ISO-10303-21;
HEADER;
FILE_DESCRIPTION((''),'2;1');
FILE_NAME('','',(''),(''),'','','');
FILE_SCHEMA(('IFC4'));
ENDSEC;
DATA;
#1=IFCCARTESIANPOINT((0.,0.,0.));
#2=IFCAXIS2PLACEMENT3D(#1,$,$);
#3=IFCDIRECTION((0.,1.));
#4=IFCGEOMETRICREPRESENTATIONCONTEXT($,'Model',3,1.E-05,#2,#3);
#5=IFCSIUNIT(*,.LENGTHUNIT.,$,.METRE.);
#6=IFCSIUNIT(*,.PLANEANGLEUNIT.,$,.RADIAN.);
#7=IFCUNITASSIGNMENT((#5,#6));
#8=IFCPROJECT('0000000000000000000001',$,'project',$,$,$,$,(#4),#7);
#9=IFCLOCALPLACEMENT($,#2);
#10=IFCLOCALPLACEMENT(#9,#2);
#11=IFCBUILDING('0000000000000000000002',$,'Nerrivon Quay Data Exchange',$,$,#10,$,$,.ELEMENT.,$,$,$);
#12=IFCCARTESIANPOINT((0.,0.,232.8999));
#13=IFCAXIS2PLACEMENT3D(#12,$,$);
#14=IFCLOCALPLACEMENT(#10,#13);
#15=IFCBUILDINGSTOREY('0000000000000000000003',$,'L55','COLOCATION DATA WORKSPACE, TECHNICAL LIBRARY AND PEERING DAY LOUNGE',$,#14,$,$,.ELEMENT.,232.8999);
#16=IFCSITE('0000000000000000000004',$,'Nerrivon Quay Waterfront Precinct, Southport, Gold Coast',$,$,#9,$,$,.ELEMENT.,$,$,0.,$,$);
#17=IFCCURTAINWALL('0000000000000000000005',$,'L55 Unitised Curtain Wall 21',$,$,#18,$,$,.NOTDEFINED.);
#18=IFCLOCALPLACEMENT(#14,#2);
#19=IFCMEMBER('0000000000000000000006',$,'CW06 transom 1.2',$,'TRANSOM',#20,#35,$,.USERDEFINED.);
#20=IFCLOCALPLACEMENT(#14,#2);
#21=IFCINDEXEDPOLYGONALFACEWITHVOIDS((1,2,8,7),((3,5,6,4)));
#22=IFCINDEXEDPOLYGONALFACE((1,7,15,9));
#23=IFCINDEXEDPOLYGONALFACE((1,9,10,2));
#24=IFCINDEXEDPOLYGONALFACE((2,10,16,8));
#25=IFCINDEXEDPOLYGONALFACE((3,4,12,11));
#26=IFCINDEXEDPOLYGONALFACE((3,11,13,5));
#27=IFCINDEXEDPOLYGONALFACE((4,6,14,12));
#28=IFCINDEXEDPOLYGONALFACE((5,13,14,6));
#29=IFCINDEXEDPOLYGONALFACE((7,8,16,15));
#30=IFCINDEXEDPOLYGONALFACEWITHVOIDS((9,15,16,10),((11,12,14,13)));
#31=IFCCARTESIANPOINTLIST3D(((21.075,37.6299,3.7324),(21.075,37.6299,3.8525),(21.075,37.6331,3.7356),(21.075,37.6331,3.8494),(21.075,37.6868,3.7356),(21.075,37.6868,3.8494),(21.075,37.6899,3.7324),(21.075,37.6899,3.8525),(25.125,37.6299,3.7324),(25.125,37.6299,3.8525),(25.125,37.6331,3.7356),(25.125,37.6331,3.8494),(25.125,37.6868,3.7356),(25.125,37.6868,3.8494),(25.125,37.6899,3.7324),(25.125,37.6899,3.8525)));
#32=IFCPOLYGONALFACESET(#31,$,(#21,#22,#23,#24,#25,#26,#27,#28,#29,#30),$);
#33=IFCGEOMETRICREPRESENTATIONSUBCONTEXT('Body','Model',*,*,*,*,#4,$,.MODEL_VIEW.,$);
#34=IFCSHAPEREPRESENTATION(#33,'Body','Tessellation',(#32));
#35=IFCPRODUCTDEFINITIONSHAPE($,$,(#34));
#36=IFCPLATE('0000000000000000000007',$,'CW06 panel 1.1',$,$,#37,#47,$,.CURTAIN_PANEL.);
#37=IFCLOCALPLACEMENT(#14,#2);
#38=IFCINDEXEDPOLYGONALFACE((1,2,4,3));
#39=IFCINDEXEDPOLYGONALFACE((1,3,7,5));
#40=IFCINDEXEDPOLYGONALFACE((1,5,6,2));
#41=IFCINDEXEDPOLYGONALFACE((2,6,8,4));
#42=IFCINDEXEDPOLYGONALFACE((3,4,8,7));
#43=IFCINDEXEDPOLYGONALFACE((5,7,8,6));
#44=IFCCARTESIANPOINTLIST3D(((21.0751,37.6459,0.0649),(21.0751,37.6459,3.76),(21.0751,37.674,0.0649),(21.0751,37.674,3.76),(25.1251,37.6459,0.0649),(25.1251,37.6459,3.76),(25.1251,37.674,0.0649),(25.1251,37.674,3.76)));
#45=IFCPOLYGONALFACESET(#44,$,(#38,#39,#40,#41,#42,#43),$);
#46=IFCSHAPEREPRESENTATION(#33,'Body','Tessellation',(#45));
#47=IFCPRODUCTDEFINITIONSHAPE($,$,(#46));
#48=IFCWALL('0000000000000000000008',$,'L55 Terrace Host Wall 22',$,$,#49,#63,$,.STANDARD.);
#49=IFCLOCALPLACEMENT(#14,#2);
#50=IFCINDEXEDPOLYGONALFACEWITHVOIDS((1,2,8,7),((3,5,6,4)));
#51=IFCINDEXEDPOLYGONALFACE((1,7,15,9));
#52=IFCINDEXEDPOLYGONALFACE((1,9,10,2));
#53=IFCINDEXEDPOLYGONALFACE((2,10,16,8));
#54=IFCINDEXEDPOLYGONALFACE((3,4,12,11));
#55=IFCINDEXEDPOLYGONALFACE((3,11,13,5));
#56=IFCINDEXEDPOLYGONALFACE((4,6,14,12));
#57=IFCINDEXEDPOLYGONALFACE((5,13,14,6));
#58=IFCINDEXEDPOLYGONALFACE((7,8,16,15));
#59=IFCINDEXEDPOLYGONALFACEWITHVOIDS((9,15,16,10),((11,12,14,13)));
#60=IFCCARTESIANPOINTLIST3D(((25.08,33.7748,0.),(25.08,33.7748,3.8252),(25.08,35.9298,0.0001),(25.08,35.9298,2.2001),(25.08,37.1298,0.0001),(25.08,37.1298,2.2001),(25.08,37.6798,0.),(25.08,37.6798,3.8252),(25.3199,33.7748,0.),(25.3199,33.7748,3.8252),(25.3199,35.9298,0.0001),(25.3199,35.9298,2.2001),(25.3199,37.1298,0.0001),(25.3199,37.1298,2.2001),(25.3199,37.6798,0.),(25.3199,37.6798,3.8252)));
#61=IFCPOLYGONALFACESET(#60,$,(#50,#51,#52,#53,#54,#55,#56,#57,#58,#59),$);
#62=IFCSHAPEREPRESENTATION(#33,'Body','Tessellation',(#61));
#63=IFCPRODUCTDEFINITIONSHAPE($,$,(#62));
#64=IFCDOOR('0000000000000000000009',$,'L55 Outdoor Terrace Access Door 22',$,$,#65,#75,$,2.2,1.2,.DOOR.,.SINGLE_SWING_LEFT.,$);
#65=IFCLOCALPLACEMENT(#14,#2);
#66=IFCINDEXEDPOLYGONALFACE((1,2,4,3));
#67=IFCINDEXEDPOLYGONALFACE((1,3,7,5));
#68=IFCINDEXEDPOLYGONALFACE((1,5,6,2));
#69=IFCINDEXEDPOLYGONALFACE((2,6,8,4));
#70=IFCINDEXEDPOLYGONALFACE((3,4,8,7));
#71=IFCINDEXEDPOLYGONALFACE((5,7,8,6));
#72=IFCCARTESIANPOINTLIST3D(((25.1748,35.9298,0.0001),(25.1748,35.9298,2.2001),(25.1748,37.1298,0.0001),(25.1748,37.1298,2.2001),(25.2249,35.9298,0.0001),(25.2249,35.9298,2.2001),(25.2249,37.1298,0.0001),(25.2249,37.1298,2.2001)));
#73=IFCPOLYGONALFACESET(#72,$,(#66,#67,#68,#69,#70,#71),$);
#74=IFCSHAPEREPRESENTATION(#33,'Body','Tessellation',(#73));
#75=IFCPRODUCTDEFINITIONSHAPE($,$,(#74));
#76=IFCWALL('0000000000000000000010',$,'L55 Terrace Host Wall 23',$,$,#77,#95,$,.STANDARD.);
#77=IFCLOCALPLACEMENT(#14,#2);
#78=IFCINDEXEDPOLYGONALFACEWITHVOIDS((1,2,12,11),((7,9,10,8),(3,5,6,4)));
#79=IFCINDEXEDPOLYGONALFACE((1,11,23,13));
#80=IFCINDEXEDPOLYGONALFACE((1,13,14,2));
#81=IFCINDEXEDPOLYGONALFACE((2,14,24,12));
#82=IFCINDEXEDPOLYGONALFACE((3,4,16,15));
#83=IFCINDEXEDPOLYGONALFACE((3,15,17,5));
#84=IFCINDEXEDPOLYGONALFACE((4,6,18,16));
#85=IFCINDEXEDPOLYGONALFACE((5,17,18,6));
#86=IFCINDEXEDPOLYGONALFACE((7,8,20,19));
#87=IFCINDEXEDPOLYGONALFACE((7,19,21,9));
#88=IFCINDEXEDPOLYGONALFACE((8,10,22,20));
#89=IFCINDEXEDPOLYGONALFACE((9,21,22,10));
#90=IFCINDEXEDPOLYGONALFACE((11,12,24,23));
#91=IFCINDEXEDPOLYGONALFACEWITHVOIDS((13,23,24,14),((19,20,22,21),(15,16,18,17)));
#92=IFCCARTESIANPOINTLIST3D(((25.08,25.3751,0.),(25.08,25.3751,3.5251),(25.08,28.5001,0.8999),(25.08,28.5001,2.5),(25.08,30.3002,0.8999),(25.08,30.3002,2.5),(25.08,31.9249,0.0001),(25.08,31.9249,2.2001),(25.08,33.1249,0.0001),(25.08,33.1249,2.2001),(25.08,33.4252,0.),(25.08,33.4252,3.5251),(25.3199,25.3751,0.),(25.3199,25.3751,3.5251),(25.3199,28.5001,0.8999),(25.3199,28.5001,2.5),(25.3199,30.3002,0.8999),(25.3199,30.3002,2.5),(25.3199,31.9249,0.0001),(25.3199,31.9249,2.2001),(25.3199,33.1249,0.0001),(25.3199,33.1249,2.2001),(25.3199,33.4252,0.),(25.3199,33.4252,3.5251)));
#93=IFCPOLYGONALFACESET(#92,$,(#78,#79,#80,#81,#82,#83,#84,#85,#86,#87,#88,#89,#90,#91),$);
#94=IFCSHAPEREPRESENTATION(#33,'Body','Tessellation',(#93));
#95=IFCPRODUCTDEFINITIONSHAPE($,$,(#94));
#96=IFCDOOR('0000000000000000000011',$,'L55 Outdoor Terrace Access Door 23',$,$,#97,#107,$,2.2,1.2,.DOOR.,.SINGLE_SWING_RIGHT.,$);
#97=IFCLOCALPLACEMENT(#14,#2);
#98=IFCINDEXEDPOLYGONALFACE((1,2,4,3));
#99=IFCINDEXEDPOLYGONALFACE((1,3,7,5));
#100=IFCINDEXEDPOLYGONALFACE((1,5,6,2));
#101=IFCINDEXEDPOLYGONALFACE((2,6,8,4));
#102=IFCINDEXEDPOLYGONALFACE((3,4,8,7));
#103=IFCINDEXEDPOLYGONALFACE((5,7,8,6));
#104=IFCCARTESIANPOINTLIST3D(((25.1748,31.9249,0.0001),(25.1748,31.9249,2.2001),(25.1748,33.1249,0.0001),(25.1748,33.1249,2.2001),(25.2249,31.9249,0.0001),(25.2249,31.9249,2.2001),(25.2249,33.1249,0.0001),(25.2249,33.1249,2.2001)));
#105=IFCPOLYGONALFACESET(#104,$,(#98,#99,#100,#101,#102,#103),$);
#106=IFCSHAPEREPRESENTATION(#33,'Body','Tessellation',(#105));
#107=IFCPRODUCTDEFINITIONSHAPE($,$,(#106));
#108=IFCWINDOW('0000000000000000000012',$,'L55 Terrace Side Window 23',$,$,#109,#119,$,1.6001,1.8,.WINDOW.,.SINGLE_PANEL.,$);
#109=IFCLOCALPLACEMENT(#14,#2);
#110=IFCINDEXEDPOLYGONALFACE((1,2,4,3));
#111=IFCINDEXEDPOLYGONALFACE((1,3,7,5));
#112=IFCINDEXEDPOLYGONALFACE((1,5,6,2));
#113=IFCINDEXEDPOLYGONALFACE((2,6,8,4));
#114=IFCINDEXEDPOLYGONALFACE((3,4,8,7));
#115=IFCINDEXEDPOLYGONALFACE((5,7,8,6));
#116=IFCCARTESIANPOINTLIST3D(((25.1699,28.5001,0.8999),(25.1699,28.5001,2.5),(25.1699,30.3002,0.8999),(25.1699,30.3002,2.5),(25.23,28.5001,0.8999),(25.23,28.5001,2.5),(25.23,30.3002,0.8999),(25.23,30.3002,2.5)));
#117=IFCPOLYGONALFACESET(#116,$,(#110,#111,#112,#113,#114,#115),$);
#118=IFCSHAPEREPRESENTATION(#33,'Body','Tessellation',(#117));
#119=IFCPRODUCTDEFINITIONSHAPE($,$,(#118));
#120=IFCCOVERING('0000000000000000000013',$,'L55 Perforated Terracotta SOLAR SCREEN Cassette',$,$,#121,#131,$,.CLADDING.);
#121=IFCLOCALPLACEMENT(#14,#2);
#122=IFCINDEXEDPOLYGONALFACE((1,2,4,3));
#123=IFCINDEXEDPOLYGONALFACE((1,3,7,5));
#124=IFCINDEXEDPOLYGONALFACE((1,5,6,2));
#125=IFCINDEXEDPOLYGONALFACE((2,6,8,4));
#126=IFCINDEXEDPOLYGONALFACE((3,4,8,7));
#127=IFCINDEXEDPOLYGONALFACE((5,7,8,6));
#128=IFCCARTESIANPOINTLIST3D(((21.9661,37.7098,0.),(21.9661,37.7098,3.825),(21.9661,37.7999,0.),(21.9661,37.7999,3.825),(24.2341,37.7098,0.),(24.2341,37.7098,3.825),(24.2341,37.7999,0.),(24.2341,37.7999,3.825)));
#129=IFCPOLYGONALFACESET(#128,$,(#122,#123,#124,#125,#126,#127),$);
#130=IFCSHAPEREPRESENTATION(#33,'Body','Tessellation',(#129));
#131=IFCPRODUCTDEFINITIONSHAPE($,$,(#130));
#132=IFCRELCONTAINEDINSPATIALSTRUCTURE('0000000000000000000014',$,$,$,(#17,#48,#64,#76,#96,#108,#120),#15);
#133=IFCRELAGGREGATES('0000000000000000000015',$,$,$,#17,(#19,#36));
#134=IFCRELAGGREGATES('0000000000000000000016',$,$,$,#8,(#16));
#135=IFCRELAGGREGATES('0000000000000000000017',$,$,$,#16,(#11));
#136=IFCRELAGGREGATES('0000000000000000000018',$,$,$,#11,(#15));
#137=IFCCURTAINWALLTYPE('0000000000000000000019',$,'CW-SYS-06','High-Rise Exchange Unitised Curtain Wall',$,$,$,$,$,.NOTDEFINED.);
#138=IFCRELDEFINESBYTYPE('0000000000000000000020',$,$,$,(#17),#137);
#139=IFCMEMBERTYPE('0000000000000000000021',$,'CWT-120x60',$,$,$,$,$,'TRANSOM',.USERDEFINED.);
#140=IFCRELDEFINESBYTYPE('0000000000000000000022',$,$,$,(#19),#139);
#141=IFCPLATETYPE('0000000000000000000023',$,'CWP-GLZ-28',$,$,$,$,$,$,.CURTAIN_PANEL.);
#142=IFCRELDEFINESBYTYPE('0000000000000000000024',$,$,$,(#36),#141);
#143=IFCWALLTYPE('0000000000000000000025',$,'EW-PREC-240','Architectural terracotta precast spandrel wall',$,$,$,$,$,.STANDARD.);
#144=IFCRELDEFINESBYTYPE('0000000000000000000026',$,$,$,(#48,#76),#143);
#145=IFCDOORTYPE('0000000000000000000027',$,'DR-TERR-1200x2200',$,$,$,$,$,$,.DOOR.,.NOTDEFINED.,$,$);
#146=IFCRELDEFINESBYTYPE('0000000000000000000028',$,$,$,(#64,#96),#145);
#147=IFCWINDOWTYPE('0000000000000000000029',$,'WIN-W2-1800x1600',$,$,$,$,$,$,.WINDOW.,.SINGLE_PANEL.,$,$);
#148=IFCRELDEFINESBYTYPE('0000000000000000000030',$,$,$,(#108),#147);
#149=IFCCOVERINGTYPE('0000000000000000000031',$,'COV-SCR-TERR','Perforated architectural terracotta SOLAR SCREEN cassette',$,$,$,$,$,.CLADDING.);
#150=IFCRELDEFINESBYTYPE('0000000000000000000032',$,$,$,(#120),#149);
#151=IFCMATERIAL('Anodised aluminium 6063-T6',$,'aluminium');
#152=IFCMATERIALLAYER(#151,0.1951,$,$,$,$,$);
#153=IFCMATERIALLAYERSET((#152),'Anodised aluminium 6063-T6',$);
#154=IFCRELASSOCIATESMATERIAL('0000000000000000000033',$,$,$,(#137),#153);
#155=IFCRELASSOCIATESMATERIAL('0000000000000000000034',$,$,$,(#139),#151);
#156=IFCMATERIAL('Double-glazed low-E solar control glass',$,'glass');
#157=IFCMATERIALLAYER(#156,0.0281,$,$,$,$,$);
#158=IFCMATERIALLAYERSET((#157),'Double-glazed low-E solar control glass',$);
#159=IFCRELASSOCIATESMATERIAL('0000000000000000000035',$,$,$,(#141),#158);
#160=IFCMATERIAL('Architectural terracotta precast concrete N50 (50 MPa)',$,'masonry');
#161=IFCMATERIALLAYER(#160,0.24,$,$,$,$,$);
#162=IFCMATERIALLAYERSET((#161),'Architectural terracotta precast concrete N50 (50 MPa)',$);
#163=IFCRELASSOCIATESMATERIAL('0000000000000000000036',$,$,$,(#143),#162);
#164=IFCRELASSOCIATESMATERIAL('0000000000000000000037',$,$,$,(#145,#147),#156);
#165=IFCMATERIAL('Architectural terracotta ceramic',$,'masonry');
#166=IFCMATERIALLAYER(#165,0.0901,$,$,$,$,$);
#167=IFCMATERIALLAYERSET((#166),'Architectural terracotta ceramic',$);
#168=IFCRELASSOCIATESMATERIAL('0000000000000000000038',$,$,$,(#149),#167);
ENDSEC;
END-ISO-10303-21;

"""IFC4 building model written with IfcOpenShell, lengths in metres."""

from ifc_helpers import new_model, si_unit, direction, frame, frame_2d, origin, origin_2d, place, context, subcontext, project, spatial, rectangle, hollow_rectangle, extrude, material, layer, layer_set, material_profile, profile_set, type_object, element, fill, aggregate, save


model = new_model("IFC4")

# Units and contexts
model_context = context("Model", 3, precision=1e-05, world=origin(), true_north=direction((0.0, 1.0)))
body_context = subcontext(model_context, "Body", "Model", "MODEL_VIEW")
ifc_project = project(units=[si_unit("LENGTHUNIT", "METRE"), si_unit("PLANEANGLEUNIT", "RADIAN")], contexts=[model_context])

# Site, building, storey
site_placement = place(None, origin())
site = spatial("IfcSite", under=ifc_project, at=site_placement, Name="Nerrivon Quay Waterfront Precinct, Southport, Gold Coast", CompositionType="ELEMENT", RefElevation=0.0)
building_placement = place(site_placement, origin())
building = spatial("IfcBuilding", under=site, at=building_placement, Name="Nerrivon Quay Data Exchange", CompositionType="ELEMENT")
storey_placement = place(building_placement, frame((0.0, 0.0, 232.8999)))
storey = spatial("IfcBuildingStorey", under=building, at=storey_placement, Name="L55", Description="COLOCATION DATA WORKSPACE, TECHNICAL LIBRARY AND PEERING DAY LOUNGE", CompositionType="ELEMENT", Elevation=232.8999)

# Curtain wall, member, plate
ifc_material_1 = material(Name="Anodised aluminium 6063-T6", Category="aluminium")
ifc_layer_1 = layer(ifc_material_1, 0.1951)
ifc_layer_set_1 = layer_set([ifc_layer_1], Name="Anodised aluminium 6063-T6")
curtain_wall_type = type_object("IfcCurtainWallType", Name="CW-SYS-06", Description="High-Rise Exchange Unitised Curtain Wall", PredefinedType="NOTDEFINED", material=ifc_layer_set_1)
curtain_wall_placement = place(storey_placement, origin())
curtain_wall = element("IfcCurtainWall", 1, at=curtain_wall_placement, inside=storey, type_object=curtain_wall_type, Name="L55 Unitised Curtain Wall 21", PredefinedType="NOTDEFINED")
ifc_material_profile_1 = material_profile(ifc_material_1, hollow_rectangle(XDim=0.0601, YDim=0.1201, WallThickness=0.0032, at=origin_2d()), Name="ALU-TRAN-120x60")
ifc_profile_set_1 = profile_set([ifc_material_profile_1], Name="Anodised aluminium 6063-T6")
member_type_1 = type_object("IfcMemberType", Name="CWT-120x60", ElementType="TRANSOM", PredefinedType="USERDEFINED", material=ifc_profile_set_1)
member_1_placement = place(storey_placement, frame((21.075, 37.6599, 3.7925), z_axis=(1.0, 0.0, 0.0), x_axis=(0.0, 1.0, 0.0)))
member_1 = element("IfcMember", 2, at=member_1_placement, type_object=member_type_1, Name="CW06 transom 1.2", ObjectType="TRANSOM", PredefinedType="USERDEFINED", context=body_context, shape_type="SweptSolid", body=[
    extrude(hollow_rectangle(XDim=0.0601, YDim=0.1201, WallThickness=0.0032, at=origin_2d()), origin(), (0.0, 0.0, 1.0), 4.05),
])
ifc_material_2 = material(Name="Double-glazed low-E solar control glass", Category="glass")
ifc_layer_2 = layer(ifc_material_2, 0.0281)
ifc_layer_set_2 = layer_set([ifc_layer_2], Name="Double-glazed low-E solar control glass")
plate_type = type_object("IfcPlateType", Name="CWP-GLZ-28", PredefinedType="CURTAIN_PANEL", material=ifc_layer_set_2)
plate_placement = place(storey_placement, frame((23.1001, 37.6599, 0.0649), z_axis=(0.0, 0.0, 1.0), x_axis=(1.0, 0.0, 0.0)))
plate = element("IfcPlate", 3, at=plate_placement, type_object=plate_type, Name="CW06 panel 1.1", PredefinedType="CURTAIN_PANEL", context=body_context, shape_type="SweptSolid", body=[
    extrude(rectangle(XDim=4.05, YDim=0.0281, at=origin_2d()), origin(), (0.0, 0.0, 1.0), 3.6951),
])
aggregate(curtain_wall, [member_1, plate])

# Wall, opening, door
ifc_material_3 = material(Name="Architectural terracotta precast concrete N50 (50 MPa)", Category="masonry")
ifc_layer_3 = layer(ifc_material_3, 0.24)
ifc_layer_set_3 = layer_set([ifc_layer_3], Name="Architectural terracotta precast concrete N50 (50 MPa)")
wall_type = type_object("IfcWallType", Name="EW-PREC-240", Description="Architectural terracotta precast spandrel wall", PredefinedType="STANDARD", material=ifc_layer_set_3)
wall_1_placement = place(storey_placement, frame((25.2, 37.6799, 0.0), z_axis=(0.0, 0.0, 1.0), x_axis=(0.0, -1.0, 0.0)))
wall_1 = element("IfcWall", 4, at=wall_1_placement, inside=storey, type_object=wall_type, Name="L55 Terrace Host Wall 22", PredefinedType="STANDARD", context=body_context, shape_type="SweptSolid", body=[
    extrude(rectangle(XDim=3.905, YDim=0.24, at=frame_2d((1.9526, 0.0))), origin(), (0.0, 0.0, 1.0), 3.8252),
])
opening_1_placement = place(wall_1_placement, frame((0.55, 0.0, 0.0)))
opening_1 = element("IfcOpeningElement", 5, at=opening_1_placement, cuts=wall_1, PredefinedType="OPENING", context=body_context, shape_type="SweptSolid", body=[
    extrude(rectangle(XDim=1.2, YDim=2.2, at=frame_2d((0.6001, 1.1001))), frame((0.0, 0.1299, 0.0), z_axis=(0.0, -1.0, 0.0), x_axis=(1.0, 0.0, 0.0)), (0.0, 0.0, 1.0), 0.26),
])
door_type = type_object("IfcDoorType", Name="DR-TERR-1200x2200", OperationType="NOTDEFINED", PredefinedType="DOOR", material=ifc_material_2)
door_1_placement = place(opening_1_placement, origin())
door_1 = element("IfcDoor", 6, at=door_1_placement, inside=storey, type_object=door_type, Name="L55 Outdoor Terrace Access Door 22", OperationType="SINGLE_SWING_LEFT", OverallHeight=2.2, OverallWidth=1.2, PredefinedType="DOOR", context=body_context, shape_type="SweptSolid", body=[
    extrude(rectangle(XDim=1.2, YDim=2.2, at=frame_2d((0.6001, 1.1001))), frame((0.0, 0.0249, 0.0), z_axis=(0.0, -1.0, 0.0), x_axis=(1.0, 0.0, 0.0)), (0.0, 0.0, 1.0), 0.05),
])
fill(opening_1, door_1)

# Wall, openings, door, window
wall_2_placement = place(storey_placement, frame((25.2, 33.425, 0.0), z_axis=(0.0, 0.0, 1.0), x_axis=(0.0, -1.0, 0.0)))
wall_2 = element("IfcWall", 7, at=wall_2_placement, inside=storey, type_object=wall_type, Name="L55 Terrace Host Wall 23", PredefinedType="STANDARD", context=body_context, shape_type="SweptSolid", body=[
    extrude(rectangle(XDim=8.05, YDim=0.24, at=frame_2d((4.0249, 0.0))), origin(), (0.0, 0.0, 1.0), 3.5251),
])
opening_2_placement = place(wall_2_placement, frame((0.3, 0.0, 0.0)))
opening_2 = element("IfcOpeningElement", 8, at=opening_2_placement, cuts=wall_2, PredefinedType="OPENING", context=body_context, shape_type="SweptSolid", body=[
    extrude(rectangle(XDim=1.2, YDim=2.2, at=frame_2d((0.6001, 1.1001))), frame((0.0, 0.1299, 0.0), z_axis=(0.0, -1.0, 0.0), x_axis=(1.0, 0.0, 0.0)), (0.0, 0.0, 1.0), 0.26),
])
opening_3_placement = place(wall_2_placement, frame((3.125, 0.0, 0.8999)))
opening_3 = element("IfcOpeningElement", 9, at=opening_3_placement, cuts=wall_2, PredefinedType="OPENING", context=body_context, shape_type="SweptSolid", body=[
    extrude(rectangle(XDim=1.8, YDim=1.6001, at=frame_2d((0.8999, 0.8))), frame((0.0, 0.1299, 0.0), z_axis=(0.0, -1.0, 0.0), x_axis=(1.0, 0.0, 0.0)), (0.0, 0.0, 1.0), 0.26),
])
door_2_placement = place(opening_2_placement, origin())
door_2 = element("IfcDoor", 10, at=door_2_placement, inside=storey, type_object=door_type, Name="L55 Outdoor Terrace Access Door 23", OperationType="SINGLE_SWING_RIGHT", OverallHeight=2.2, OverallWidth=1.2, PredefinedType="DOOR", context=body_context, shape_type="SweptSolid", body=[
    extrude(rectangle(XDim=1.2, YDim=2.2, at=frame_2d((0.6001, 1.1001))), frame((0.0, 0.0249, 0.0), z_axis=(0.0, -1.0, 0.0), x_axis=(1.0, 0.0, 0.0)), (0.0, 0.0, 1.0), 0.05),
])
fill(opening_2, door_2)
window_type = type_object("IfcWindowType", Name="WIN-W2-1800x1600", PartitioningType="SINGLE_PANEL", PredefinedType="WINDOW", material=ifc_material_2)
window_placement = place(opening_3_placement, origin())
window = element("IfcWindow", 11, at=window_placement, inside=storey, type_object=window_type, Name="L55 Terrace Side Window 23", OverallHeight=1.6001, OverallWidth=1.8, PartitioningType="SINGLE_PANEL", PredefinedType="WINDOW", context=body_context, shape_type="SweptSolid", body=[
    extrude(rectangle(XDim=1.8, YDim=1.6001, at=frame_2d((0.8999, 0.8))), frame((0.0, 0.03, 0.0), z_axis=(0.0, -1.0, 0.0), x_axis=(1.0, 0.0, 0.0)), (0.0, 0.0, 1.0), 0.0601),
])
fill(opening_3, window)

# Covering
ifc_material_4 = material(Name="Architectural terracotta ceramic", Category="masonry")
ifc_layer_4 = layer(ifc_material_4, 0.0901)
ifc_layer_set_4 = layer_set([ifc_layer_4], Name="Architectural terracotta ceramic")
covering_type = type_object("IfcCoveringType", Name="COV-SCR-TERR", Description="Perforated architectural terracotta SOLAR SCREEN cassette", PredefinedType="CLADDING", material=ifc_layer_set_4)
covering_placement = place(storey_placement, frame((23.1001, 37.7549, 0.0), z_axis=(0.0, 0.0, 1.0), x_axis=(1.0, 0.0, 0.0)))
element("IfcCovering", 12, at=covering_placement, inside=storey, type_object=covering_type, Name="L55 Perforated Terracotta SOLAR SCREEN Cassette", PredefinedType="CLADDING", context=body_context, shape_type="SweptSolid", body=[
    extrude(rectangle(XDim=2.2681, YDim=0.0901, at=origin_2d()), origin(), (0.0, 0.0, 1.0), 3.825),
])

save(model, "model.ifc")
